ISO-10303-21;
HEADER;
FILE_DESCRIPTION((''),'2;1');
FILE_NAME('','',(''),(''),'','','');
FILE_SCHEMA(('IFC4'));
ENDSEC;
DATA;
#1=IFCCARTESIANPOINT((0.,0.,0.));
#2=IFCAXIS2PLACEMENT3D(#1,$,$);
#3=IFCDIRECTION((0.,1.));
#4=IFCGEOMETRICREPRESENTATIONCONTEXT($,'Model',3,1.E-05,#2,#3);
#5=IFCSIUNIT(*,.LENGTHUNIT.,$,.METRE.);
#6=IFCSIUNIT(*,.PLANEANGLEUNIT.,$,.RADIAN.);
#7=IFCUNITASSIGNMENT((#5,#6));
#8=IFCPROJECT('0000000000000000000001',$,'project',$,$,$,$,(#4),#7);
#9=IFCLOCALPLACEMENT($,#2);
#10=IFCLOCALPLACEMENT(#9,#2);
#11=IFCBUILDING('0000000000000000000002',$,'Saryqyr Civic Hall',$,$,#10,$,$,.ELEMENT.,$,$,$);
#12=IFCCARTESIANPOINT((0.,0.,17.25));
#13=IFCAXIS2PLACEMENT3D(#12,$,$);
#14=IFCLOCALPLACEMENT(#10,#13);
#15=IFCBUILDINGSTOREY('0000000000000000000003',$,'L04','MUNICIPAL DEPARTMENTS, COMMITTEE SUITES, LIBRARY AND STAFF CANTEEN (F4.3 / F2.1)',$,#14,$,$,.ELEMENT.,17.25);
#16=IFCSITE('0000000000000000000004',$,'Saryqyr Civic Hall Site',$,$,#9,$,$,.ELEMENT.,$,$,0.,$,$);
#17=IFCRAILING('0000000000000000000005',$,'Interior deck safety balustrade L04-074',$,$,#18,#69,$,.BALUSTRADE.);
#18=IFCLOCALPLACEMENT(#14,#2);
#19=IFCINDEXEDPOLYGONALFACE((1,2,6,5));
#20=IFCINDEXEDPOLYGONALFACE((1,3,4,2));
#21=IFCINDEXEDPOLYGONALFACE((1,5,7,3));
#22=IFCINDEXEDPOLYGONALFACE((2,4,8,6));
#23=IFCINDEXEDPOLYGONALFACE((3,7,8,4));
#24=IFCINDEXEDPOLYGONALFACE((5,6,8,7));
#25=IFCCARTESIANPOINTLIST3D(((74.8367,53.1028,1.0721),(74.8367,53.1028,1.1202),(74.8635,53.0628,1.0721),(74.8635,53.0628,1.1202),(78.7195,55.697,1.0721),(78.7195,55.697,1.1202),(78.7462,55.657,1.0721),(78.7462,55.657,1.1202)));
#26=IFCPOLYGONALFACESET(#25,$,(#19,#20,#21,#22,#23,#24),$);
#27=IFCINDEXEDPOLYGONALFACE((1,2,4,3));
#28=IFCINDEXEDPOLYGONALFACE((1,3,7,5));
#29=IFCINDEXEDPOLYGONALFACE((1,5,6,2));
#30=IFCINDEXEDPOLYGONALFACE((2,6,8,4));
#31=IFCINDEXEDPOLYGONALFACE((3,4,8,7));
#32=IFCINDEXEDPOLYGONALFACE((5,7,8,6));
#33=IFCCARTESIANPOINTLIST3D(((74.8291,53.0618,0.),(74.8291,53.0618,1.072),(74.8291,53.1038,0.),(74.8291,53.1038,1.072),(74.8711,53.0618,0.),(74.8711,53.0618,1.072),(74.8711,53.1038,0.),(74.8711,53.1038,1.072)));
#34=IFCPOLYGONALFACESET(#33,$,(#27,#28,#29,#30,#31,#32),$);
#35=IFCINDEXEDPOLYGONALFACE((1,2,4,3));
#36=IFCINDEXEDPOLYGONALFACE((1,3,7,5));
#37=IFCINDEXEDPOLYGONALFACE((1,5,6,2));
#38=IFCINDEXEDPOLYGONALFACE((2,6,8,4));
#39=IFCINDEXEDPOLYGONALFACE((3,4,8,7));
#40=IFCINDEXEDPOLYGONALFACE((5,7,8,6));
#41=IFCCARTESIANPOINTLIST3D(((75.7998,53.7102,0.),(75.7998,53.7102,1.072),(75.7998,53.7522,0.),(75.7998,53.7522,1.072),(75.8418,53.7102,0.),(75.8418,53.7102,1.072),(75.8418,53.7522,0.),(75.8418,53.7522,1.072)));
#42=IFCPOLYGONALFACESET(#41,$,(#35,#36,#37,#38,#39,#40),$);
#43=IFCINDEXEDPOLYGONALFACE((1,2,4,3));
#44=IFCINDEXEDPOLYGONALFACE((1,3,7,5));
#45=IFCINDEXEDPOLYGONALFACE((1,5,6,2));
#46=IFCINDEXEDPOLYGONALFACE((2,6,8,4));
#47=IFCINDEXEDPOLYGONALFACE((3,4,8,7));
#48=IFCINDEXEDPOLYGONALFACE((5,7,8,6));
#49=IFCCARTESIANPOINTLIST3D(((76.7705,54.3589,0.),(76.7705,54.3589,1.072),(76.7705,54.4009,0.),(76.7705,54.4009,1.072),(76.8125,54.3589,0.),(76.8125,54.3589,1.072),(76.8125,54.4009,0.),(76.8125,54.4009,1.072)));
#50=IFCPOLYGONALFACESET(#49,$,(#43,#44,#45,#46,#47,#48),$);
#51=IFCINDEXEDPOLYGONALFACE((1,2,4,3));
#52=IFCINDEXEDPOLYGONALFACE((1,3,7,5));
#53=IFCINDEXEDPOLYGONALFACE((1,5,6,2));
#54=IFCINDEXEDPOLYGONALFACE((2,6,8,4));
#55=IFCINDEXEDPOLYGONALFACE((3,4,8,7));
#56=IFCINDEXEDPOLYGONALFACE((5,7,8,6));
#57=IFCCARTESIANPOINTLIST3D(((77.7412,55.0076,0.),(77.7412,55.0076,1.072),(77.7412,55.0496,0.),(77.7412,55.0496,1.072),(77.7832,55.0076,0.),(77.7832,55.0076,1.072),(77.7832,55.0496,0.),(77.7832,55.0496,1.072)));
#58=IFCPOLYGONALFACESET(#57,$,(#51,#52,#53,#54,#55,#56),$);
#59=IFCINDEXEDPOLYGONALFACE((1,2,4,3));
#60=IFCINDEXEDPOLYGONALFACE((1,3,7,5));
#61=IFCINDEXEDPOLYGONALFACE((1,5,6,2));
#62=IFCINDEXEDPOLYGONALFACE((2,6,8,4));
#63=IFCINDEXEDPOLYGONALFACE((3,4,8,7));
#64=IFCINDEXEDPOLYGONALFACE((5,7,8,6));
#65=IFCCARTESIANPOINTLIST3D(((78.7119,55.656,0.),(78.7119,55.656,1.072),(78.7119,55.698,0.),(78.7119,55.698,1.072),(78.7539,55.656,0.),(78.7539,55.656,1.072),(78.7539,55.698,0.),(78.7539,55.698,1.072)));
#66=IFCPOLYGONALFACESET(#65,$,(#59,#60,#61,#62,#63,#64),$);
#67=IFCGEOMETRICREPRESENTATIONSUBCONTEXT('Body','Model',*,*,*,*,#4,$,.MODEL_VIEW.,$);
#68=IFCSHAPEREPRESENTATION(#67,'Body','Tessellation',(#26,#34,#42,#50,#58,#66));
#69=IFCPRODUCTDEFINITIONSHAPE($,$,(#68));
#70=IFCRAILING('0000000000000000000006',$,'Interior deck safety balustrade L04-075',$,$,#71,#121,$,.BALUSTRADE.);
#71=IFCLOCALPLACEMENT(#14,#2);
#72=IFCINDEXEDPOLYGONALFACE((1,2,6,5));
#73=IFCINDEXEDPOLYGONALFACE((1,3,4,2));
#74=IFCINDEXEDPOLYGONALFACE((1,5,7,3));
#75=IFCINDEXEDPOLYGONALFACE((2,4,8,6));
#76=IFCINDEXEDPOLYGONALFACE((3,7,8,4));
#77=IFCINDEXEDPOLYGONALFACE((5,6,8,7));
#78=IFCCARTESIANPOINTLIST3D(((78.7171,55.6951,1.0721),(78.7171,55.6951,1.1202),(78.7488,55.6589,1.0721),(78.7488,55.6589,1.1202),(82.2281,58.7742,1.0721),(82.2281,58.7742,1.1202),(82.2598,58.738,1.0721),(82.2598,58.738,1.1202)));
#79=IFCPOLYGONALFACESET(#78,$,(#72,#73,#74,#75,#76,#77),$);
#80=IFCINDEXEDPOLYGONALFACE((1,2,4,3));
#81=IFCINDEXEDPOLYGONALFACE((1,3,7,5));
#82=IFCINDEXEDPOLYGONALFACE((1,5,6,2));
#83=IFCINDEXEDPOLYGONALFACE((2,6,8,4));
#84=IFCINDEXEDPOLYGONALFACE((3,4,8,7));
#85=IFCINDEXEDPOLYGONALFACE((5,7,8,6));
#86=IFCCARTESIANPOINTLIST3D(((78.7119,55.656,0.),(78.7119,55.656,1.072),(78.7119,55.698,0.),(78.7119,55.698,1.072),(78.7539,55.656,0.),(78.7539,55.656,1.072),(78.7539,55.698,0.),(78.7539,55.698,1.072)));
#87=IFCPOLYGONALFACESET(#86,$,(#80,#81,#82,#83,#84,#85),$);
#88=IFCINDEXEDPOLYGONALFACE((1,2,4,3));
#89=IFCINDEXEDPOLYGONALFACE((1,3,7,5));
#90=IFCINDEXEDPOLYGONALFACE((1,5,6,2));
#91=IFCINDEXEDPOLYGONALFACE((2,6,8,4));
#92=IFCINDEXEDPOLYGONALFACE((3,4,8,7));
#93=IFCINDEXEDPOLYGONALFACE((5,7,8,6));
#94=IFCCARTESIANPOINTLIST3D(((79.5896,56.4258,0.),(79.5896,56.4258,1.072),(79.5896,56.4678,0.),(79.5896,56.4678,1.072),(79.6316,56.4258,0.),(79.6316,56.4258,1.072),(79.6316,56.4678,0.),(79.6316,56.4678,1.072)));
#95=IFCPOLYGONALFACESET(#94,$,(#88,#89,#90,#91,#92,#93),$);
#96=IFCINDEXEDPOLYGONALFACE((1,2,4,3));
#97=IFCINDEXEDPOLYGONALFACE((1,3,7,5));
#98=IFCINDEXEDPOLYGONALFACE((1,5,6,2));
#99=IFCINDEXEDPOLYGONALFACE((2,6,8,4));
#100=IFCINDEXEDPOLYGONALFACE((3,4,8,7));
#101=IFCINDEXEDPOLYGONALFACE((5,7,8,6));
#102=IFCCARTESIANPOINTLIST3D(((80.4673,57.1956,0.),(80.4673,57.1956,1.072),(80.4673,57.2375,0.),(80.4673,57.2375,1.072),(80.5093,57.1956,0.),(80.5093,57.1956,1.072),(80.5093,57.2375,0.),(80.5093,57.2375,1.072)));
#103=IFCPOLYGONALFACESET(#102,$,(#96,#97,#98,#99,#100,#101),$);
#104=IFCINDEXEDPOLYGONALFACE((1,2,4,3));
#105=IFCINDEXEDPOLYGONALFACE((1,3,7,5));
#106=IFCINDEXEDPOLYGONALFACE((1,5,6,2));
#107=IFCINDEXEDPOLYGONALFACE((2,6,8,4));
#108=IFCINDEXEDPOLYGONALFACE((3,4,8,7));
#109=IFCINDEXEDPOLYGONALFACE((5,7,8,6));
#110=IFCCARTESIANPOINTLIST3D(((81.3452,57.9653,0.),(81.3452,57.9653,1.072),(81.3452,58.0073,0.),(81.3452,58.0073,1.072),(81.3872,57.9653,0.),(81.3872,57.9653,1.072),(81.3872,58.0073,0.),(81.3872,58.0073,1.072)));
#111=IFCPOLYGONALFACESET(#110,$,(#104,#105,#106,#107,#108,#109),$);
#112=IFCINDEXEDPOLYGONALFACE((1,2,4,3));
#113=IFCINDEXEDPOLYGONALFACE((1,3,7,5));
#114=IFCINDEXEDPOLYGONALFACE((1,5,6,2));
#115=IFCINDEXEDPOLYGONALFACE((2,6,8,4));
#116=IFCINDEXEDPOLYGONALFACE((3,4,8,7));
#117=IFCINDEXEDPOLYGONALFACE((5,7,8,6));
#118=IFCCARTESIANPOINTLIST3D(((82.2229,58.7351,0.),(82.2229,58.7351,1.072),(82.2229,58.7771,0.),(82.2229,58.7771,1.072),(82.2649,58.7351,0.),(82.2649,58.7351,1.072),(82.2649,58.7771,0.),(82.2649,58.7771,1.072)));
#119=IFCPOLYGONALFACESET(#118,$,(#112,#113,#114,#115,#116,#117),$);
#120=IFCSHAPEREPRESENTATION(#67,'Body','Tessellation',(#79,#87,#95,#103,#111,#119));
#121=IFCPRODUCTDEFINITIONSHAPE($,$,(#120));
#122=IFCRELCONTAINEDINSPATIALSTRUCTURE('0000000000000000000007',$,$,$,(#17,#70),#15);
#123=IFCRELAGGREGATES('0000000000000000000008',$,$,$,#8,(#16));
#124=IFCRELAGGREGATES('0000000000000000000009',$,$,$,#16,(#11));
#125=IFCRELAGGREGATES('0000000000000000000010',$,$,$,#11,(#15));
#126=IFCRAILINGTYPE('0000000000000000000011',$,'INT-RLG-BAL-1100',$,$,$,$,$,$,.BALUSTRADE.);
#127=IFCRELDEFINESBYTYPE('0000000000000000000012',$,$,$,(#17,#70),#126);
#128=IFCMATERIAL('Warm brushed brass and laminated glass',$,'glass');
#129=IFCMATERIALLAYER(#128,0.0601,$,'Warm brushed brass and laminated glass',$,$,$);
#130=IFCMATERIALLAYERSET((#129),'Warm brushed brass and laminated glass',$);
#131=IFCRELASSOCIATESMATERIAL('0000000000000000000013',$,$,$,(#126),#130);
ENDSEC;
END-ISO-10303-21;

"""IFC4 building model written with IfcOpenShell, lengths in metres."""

from ifc_helpers import new_model, si_unit, direction, frame, origin, origin_2d, place, context, subcontext, project, spatial, rectangle, extrude, material, layer, layer_set, type_object, element, save


model = new_model("IFC4")

# Units and contexts
model_context = context("Model", 3, precision=1e-05, world=origin(), true_north=direction((0.0, 1.0)))
body_context = subcontext(model_context, "Body", "Model", "MODEL_VIEW")
ifc_project = project(units=[si_unit("LENGTHUNIT", "METRE"), si_unit("PLANEANGLEUNIT", "RADIAN")], contexts=[model_context])

# Site, building, storey
site_placement = place(None, origin())
site = spatial("IfcSite", under=ifc_project, at=site_placement, Name="Saryqyr Civic Hall Site", CompositionType="ELEMENT", RefElevation=0.0)
building_placement = place(site_placement, origin())
building = spatial("IfcBuilding", under=site, at=building_placement, Name="Saryqyr Civic Hall", CompositionType="ELEMENT")
storey_placement = place(building_placement, frame((0.0, 0.0, 17.25)))
storey = spatial("IfcBuildingStorey", under=building, at=storey_placement, Name="L04", Description="MUNICIPAL DEPARTMENTS, COMMITTEE SUITES, LIBRARY AND STAFF CANTEEN (F4.3 / F2.1)", CompositionType="ELEMENT", Elevation=17.25)

# Railings
ifc_material_1 = material(Name="Warm brushed brass and laminated glass", Category="glass")
ifc_layer_1 = layer(ifc_material_1, 0.0601, Name="Warm brushed brass and laminated glass")
ifc_layer_set_1 = layer_set([ifc_layer_1], Name="Warm brushed brass and laminated glass")
railing_type = type_object("IfcRailingType", Name="INT-RLG-BAL-1100", PredefinedType="BALUSTRADE", material=ifc_layer_set_1)
railing_1_placement = place(storey_placement, frame((74.8501, 53.0828, 0.0)))
element("IfcRailing", 1, at=railing_1_placement, inside=storey, type_object=railing_type, Name="Interior deck safety balustrade L04-074", PredefinedType="BALUSTRADE", context=body_context, shape_type="SweptSolid", body=[
    extrude(rectangle(XDim=0.0481, YDim=0.0481, at=origin_2d()), frame((0.0, 0.0, 1.0962), z_axis=(0.831487, 0.555544, 0.0), x_axis=(-0.555544, 0.831487, 0.0)), (0.0, 0.0, 1.0), 4.6697),
    extrude(rectangle(XDim=0.042, YDim=0.042, at=origin_2d()), origin(), (0.0, 0.0, 1.0), 1.072),
    extrude(rectangle(XDim=0.042, YDim=0.042, at=origin_2d()), frame((0.9707, 0.6484, 0.0)), (0.0, 0.0, 1.0), 1.072),
    extrude(rectangle(XDim=0.042, YDim=0.042, at=origin_2d()), frame((1.9414, 1.2971, 0.0)), (0.0, 0.0, 1.0), 1.072),
    extrude(rectangle(XDim=0.042, YDim=0.042, at=origin_2d()), frame((2.9121, 1.9458, 0.0)), (0.0, 0.0, 1.0), 1.072),
    extrude(rectangle(XDim=0.042, YDim=0.042, at=origin_2d()), frame((3.8828, 2.5942, 0.0)), (0.0, 0.0, 1.0), 1.072),
])
railing_2_placement = place(storey_placement, frame((78.7329, 55.677, 0.0)))
element("IfcRailing", 2, at=railing_2_placement, inside=storey, type_object=railing_type, Name="Interior deck safety balustrade L04-075", PredefinedType="BALUSTRADE", context=body_context, shape_type="SweptSolid", body=[
    extrude(rectangle(XDim=0.0481, YDim=0.0481, at=origin_2d()), frame((0.0, 0.0, 1.0962), z_axis=(0.751835, 0.659352, 0.0), x_axis=(-0.659352, 0.751835, 0.0)), (0.0, 0.0, 1.0), 4.6699),
    extrude(rectangle(XDim=0.042, YDim=0.042, at=origin_2d()), origin(), (0.0, 0.0, 1.0), 1.072),
    extrude(rectangle(XDim=0.042, YDim=0.042, at=origin_2d()), frame((0.8777, 0.7698, 0.0)), (0.0, 0.0, 1.0), 1.072),
    extrude(rectangle(XDim=0.042, YDim=0.042, at=origin_2d()), frame((1.7554, 1.5396, 0.0)), (0.0, 0.0, 1.0), 1.072),
    extrude(rectangle(XDim=0.042, YDim=0.042, at=origin_2d()), frame((2.6333, 2.3093, 0.0)), (0.0, 0.0, 1.0), 1.072),
    extrude(rectangle(XDim=0.042, YDim=0.042, at=origin_2d()), frame((3.511, 3.0791, 0.0)), (0.0, 0.0, 1.0), 1.072),
])

save(model, "model.ifc")
